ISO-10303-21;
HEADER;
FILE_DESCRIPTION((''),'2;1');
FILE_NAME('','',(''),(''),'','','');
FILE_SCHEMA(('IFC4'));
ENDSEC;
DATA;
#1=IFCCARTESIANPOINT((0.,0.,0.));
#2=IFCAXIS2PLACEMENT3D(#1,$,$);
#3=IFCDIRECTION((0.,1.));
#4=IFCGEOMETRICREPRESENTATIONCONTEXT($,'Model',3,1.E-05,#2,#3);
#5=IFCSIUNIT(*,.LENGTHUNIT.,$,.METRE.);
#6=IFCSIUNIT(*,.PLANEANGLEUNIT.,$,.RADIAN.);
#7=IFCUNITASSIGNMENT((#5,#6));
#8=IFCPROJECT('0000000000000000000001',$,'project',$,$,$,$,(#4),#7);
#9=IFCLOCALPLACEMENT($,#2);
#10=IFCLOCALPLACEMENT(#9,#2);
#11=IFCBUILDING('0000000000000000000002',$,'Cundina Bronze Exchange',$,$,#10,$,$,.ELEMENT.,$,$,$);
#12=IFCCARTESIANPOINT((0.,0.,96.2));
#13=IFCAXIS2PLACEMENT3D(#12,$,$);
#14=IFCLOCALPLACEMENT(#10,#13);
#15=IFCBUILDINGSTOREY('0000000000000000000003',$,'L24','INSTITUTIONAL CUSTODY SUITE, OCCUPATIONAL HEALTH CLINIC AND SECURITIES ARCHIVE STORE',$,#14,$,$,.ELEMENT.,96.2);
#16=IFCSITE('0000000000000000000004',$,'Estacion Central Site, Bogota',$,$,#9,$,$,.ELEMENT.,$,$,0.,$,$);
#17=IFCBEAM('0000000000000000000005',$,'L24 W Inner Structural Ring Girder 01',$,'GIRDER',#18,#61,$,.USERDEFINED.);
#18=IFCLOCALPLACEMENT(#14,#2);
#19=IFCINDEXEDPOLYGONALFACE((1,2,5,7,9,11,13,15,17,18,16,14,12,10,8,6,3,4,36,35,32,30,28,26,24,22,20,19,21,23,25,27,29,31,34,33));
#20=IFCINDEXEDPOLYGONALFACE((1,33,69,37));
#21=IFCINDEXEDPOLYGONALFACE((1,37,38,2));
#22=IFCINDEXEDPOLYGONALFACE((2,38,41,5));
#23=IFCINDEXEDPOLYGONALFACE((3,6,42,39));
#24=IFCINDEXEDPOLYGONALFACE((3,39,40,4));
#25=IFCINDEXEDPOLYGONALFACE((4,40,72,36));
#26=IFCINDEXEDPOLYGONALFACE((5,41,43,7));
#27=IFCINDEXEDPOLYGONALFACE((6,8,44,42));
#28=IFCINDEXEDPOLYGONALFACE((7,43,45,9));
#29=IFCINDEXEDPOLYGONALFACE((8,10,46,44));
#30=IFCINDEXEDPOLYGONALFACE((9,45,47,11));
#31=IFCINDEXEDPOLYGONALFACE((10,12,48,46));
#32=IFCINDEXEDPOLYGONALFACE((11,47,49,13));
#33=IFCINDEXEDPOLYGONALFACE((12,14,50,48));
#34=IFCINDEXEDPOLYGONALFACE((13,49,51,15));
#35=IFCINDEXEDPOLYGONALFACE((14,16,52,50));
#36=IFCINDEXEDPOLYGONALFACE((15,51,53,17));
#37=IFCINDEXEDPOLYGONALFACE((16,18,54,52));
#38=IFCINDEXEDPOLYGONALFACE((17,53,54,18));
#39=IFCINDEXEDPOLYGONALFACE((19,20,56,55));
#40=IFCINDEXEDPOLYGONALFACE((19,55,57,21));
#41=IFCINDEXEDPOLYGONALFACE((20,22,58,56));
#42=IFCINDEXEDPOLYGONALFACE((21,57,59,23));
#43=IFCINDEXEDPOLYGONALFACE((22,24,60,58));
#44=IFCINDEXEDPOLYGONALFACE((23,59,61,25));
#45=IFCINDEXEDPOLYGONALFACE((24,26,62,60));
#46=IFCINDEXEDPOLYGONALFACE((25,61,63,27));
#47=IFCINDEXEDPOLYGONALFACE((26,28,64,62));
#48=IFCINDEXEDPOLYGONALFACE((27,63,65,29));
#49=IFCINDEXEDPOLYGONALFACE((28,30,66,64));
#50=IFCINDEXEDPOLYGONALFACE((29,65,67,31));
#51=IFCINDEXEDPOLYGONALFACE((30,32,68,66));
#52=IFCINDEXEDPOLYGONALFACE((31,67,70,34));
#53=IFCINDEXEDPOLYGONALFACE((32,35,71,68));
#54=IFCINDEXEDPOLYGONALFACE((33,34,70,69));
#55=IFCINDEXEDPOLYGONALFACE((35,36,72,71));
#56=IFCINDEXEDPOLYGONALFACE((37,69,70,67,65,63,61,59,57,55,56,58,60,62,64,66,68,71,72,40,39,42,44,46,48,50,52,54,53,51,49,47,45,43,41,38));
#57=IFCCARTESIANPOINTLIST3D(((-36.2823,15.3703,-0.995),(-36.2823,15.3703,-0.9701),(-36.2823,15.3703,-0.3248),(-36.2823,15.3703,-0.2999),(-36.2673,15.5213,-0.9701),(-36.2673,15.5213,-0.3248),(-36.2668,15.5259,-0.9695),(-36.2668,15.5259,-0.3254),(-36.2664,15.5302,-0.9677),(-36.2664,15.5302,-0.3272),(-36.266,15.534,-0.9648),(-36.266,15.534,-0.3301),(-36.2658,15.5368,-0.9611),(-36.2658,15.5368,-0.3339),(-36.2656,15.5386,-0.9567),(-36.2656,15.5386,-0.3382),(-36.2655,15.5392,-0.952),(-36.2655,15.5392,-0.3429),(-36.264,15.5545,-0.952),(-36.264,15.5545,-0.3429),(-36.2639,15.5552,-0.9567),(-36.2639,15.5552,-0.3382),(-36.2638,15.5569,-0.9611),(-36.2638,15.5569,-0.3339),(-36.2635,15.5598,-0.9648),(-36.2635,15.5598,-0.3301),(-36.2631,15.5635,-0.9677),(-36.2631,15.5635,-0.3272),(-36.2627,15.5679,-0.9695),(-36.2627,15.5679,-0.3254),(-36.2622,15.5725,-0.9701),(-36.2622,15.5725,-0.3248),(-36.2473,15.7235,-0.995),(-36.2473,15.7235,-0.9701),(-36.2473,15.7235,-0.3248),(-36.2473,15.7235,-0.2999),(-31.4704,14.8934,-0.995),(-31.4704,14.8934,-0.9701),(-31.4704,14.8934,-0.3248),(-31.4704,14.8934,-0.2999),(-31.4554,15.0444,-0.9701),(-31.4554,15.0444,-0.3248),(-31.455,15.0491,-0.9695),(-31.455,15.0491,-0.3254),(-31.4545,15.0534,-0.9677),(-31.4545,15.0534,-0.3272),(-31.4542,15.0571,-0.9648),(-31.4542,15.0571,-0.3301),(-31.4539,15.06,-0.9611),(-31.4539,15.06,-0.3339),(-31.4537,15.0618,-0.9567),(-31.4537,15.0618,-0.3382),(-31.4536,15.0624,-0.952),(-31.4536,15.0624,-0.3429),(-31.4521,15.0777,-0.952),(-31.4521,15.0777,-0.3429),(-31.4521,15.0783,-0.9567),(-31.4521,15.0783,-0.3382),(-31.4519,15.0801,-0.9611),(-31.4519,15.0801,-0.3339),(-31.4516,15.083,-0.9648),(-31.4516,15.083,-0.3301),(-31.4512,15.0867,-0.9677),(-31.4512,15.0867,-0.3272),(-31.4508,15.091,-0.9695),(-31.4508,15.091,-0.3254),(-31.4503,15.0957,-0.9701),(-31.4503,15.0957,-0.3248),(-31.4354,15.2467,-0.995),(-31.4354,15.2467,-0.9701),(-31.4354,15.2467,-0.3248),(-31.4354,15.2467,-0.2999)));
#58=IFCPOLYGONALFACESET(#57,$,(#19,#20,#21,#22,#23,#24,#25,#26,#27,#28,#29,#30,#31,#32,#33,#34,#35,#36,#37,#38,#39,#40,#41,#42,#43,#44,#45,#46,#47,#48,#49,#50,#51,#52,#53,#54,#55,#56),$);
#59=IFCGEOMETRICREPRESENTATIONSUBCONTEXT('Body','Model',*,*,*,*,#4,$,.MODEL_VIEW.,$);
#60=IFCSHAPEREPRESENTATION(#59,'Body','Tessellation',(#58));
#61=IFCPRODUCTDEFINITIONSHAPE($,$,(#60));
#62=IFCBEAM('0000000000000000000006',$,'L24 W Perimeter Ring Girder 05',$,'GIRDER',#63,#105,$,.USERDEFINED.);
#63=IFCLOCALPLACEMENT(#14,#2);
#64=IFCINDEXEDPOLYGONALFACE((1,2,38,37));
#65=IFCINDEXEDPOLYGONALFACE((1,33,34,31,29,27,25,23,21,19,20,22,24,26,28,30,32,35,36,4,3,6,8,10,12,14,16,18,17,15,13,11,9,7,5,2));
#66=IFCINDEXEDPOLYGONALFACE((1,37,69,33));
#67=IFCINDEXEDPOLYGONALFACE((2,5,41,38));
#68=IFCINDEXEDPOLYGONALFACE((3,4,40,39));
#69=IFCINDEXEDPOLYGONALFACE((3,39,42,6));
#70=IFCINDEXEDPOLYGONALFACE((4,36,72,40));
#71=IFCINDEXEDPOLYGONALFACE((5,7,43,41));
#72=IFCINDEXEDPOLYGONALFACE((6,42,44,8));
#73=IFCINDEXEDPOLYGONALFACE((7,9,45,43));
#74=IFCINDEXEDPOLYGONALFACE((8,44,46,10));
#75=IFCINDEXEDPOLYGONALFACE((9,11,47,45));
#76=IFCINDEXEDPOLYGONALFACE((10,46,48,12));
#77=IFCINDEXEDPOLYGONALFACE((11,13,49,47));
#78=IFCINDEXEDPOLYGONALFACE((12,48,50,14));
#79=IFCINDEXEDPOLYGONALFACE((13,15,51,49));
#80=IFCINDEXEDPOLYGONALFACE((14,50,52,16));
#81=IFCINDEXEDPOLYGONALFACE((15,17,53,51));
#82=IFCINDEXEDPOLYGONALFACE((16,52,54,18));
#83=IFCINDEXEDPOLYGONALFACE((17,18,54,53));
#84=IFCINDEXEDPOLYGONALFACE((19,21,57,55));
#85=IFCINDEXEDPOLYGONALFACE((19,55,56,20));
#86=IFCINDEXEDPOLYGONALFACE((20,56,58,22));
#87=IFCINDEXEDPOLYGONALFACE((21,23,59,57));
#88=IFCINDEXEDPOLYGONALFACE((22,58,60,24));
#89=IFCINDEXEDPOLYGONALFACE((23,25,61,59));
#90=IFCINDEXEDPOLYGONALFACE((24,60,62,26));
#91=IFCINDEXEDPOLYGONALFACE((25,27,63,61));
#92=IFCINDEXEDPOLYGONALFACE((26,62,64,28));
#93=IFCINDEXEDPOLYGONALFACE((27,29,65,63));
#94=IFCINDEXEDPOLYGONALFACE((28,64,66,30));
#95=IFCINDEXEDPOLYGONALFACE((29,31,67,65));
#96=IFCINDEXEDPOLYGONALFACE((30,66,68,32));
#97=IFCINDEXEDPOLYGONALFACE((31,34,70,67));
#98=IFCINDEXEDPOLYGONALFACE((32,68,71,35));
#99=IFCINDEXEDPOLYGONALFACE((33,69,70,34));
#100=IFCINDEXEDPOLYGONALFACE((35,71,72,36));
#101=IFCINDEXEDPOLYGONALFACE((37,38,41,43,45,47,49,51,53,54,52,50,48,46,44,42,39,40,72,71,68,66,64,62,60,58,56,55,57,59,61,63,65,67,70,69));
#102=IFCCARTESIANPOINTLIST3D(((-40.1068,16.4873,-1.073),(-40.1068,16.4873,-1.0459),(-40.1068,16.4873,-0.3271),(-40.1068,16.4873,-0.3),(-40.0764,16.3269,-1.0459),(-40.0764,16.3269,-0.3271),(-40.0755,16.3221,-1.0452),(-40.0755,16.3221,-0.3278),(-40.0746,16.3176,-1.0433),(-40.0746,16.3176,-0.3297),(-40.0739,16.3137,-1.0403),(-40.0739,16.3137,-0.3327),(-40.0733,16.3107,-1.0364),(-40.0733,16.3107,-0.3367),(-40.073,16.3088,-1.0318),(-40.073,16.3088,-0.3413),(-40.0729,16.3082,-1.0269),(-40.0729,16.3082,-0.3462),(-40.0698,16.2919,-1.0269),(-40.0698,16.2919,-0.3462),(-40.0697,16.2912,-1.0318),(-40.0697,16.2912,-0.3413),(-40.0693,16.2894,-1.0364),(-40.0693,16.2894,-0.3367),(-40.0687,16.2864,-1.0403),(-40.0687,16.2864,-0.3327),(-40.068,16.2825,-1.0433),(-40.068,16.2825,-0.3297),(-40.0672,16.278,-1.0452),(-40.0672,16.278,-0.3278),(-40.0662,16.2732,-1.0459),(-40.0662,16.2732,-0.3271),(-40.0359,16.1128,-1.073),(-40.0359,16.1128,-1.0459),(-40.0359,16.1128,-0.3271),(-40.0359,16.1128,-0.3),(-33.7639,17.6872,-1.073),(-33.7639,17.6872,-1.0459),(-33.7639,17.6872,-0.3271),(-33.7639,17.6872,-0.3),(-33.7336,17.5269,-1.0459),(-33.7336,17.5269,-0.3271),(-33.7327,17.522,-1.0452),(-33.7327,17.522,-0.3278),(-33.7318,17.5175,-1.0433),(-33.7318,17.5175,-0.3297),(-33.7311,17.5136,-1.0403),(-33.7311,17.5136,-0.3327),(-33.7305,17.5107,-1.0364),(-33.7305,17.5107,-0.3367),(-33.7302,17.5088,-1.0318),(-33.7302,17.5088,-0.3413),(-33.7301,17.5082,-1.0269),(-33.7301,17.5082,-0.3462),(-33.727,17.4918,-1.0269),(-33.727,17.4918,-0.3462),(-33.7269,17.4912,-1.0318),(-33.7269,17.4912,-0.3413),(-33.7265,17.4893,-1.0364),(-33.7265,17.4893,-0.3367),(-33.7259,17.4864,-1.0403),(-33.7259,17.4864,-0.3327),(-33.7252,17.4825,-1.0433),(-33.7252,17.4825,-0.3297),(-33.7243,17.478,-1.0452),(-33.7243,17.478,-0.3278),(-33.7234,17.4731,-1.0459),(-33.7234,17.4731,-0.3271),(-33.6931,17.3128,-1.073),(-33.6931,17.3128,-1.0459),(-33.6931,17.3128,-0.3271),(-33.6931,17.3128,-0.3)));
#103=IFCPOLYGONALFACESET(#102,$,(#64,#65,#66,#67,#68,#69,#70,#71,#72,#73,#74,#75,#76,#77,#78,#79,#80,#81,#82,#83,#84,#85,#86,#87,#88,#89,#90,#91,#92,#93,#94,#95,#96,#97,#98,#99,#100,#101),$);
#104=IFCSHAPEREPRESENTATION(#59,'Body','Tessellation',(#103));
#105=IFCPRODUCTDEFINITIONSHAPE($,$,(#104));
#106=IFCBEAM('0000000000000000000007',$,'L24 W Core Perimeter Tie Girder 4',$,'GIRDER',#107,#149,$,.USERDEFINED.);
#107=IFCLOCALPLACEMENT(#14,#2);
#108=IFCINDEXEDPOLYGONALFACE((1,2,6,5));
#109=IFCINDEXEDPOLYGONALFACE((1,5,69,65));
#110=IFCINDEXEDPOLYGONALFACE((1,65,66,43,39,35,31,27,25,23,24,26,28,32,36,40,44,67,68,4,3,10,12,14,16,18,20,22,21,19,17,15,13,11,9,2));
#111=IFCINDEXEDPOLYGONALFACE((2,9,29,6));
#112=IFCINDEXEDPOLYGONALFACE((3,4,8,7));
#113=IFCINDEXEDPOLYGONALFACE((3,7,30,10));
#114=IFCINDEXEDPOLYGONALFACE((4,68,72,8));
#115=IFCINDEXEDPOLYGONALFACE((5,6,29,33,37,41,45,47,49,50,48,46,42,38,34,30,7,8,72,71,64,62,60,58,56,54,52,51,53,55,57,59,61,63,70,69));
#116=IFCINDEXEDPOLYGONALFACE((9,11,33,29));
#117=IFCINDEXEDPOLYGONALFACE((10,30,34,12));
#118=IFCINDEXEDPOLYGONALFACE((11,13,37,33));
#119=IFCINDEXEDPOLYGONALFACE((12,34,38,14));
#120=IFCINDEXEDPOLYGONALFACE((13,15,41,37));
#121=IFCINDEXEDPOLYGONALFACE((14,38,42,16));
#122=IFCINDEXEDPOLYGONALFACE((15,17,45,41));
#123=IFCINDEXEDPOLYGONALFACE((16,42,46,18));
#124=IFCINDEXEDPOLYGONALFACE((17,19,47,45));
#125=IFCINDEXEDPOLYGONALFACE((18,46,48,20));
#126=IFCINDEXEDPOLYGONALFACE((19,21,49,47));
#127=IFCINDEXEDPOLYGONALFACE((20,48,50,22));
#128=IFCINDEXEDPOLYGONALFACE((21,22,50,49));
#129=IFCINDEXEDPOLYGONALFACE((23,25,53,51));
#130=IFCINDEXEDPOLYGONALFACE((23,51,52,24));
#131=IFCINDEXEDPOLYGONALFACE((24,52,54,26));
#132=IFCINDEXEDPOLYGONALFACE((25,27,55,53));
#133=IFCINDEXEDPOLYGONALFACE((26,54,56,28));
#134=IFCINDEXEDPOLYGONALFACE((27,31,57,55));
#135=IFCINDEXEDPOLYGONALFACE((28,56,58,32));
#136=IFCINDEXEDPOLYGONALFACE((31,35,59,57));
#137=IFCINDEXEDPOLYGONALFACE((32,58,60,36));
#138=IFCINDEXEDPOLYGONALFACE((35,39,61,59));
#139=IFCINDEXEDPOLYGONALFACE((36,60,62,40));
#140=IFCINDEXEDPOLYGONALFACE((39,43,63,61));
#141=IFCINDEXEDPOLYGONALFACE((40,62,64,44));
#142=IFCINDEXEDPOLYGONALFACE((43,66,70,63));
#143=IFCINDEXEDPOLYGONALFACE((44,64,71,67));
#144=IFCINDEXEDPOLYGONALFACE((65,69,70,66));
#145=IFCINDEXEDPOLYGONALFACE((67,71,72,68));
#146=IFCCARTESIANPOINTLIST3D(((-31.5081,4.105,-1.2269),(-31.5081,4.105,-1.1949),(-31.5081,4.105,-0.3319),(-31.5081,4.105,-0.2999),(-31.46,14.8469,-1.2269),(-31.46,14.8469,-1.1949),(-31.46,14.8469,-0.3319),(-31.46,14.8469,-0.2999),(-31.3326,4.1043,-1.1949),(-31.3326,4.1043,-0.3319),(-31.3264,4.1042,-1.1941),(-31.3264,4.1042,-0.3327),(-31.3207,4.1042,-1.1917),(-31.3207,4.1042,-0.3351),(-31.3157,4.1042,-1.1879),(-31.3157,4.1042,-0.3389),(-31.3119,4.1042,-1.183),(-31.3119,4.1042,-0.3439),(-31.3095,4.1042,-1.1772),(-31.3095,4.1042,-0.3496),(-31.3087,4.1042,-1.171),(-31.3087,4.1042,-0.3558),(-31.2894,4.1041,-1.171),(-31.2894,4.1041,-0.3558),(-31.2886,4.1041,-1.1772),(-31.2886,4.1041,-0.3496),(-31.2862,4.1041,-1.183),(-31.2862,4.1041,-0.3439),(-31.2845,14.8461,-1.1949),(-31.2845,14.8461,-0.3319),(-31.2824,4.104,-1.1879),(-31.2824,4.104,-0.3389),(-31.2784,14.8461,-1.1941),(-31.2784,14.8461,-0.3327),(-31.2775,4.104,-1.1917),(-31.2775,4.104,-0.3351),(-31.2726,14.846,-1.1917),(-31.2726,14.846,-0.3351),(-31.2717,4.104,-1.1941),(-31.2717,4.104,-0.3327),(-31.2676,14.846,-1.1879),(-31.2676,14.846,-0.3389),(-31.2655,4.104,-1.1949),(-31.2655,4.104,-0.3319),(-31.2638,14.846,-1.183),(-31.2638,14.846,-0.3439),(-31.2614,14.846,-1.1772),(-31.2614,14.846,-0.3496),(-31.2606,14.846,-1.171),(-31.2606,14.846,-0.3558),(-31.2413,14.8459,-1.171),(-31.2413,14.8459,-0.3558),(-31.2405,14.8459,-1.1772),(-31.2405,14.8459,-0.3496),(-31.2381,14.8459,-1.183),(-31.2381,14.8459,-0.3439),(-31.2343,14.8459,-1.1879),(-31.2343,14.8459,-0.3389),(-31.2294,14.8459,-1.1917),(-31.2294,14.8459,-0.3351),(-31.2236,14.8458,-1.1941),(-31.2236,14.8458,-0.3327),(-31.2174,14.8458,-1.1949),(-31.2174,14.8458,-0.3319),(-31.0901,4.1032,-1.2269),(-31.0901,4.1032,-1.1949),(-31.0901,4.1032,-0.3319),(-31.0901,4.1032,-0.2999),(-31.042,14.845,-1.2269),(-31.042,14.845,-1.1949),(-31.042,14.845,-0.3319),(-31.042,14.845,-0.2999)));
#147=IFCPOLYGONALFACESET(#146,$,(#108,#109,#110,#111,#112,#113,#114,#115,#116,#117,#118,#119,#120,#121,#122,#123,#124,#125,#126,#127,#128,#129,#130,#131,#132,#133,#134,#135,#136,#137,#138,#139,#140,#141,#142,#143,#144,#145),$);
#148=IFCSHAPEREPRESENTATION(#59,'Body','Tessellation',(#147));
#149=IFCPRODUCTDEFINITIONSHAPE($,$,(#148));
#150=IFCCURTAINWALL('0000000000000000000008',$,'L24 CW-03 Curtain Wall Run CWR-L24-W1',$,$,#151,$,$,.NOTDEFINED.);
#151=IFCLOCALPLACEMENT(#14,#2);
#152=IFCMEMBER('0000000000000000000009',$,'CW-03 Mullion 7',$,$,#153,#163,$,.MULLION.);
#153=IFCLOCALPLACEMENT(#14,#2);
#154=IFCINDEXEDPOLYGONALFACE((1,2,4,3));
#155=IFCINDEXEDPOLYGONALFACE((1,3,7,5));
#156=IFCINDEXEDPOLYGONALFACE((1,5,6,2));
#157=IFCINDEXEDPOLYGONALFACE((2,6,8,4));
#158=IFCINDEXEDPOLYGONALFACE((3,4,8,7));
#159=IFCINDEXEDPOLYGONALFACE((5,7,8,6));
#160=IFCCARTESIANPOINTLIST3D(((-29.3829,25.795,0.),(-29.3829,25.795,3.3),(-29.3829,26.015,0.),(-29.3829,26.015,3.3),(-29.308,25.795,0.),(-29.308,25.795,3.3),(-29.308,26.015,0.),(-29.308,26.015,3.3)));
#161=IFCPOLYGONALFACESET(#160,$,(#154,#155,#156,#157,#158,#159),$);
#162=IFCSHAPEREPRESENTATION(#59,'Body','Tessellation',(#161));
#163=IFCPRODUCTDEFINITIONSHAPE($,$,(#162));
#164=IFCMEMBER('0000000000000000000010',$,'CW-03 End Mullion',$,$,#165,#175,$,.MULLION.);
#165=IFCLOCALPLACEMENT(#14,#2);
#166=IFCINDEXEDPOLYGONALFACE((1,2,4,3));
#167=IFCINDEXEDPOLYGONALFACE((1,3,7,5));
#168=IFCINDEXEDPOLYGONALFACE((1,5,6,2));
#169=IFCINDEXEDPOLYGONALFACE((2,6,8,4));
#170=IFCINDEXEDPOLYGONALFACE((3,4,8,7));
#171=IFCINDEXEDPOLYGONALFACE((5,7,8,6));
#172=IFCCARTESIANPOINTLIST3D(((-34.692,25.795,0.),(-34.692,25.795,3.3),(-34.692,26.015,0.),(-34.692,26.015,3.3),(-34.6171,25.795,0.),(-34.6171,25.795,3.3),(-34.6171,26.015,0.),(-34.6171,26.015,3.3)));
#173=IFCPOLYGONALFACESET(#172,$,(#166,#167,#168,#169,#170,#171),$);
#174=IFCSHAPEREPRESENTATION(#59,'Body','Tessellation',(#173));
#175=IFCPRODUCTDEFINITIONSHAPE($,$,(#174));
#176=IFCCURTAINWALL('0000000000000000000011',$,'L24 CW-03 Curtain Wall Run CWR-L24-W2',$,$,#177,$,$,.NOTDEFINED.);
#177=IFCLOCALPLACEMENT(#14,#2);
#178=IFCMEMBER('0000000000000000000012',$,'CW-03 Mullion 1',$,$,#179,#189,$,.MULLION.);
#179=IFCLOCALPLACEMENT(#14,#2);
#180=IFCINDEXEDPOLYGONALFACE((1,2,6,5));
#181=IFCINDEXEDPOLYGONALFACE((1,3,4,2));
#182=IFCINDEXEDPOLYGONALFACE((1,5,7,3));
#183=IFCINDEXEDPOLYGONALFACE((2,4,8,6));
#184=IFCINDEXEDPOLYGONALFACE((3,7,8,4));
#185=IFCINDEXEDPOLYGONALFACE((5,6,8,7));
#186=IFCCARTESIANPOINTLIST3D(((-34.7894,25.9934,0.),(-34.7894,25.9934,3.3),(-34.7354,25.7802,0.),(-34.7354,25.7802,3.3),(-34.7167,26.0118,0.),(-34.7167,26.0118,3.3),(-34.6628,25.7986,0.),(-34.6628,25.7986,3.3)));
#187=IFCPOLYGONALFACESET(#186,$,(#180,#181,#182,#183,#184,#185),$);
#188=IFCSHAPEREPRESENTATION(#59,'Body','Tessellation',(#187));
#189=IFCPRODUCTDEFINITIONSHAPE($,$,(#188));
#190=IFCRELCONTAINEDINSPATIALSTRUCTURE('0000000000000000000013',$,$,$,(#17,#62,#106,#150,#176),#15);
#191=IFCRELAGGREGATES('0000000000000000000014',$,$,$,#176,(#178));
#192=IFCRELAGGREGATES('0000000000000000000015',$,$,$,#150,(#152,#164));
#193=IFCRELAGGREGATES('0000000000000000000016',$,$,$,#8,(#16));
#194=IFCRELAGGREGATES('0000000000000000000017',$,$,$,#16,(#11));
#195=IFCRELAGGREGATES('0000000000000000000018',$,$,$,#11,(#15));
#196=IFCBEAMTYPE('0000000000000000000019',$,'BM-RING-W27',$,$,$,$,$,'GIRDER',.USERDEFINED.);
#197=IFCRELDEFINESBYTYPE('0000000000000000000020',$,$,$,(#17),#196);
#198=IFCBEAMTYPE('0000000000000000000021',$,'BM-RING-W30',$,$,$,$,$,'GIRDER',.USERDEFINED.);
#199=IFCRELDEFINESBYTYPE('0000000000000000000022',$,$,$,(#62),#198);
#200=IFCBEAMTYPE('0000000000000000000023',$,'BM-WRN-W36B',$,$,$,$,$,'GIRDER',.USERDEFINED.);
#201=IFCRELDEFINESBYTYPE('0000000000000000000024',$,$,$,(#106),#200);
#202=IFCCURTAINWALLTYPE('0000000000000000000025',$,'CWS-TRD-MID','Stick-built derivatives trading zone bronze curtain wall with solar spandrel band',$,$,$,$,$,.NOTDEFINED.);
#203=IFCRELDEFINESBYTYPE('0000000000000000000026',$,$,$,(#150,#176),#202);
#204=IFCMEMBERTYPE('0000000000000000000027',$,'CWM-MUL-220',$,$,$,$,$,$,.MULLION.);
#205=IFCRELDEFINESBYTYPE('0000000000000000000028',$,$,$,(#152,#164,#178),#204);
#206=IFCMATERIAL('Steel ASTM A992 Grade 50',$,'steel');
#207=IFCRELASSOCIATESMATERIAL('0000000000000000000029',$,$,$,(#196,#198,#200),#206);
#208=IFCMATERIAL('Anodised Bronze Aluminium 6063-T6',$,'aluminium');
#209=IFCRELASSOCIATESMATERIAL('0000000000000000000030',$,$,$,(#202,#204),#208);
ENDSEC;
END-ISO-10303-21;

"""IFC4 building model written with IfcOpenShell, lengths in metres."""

from ifc_helpers import new_model, si_unit, direction, frame, origin, origin_2d, place, context, subcontext, project, spatial, rectangle, i_section, extrude, material, material_profile, profile_set, type_object, element, aggregate, save


model = new_model("IFC4")

# Units and contexts
model_context = context("Model", 3, precision=1e-05, world=origin(), true_north=direction((0.0, 1.0)))
body_context = subcontext(model_context, "Body", "Model", "MODEL_VIEW")
ifc_project = project(units=[si_unit("LENGTHUNIT", "METRE"), si_unit("PLANEANGLEUNIT", "RADIAN")], contexts=[model_context])

# Site, building, storey
site_placement = place(None, origin())
site = spatial("IfcSite", under=ifc_project, at=site_placement, Name="Estacion Central Site, Bogota", CompositionType="ELEMENT", RefElevation=0.0)
building_placement = place(site_placement, origin())
building = spatial("IfcBuilding", under=site, at=building_placement, Name="Cundina Bronze Exchange", CompositionType="ELEMENT")
storey_placement = place(building_placement, frame((0.0, 0.0, 96.2)))
storey = spatial("IfcBuildingStorey", under=building, at=storey_placement, Name="L24", Description="INSTITUTIONAL CUSTODY SUITE, OCCUPATIONAL HEALTH CLINIC AND SECURITIES ARCHIVE STORE", CompositionType="ELEMENT", Elevation=96.2)

# Shared definitions
ifc_material_1 = material(Name="Steel ASTM A992 Grade 50", Category="steel")

# Beams
ifc_material_profile_1 = material_profile(ifc_material_1, i_section(OverallWidth=0.355, OverallDepth=0.6951, WebThickness=0.0154, FlangeThickness=0.0249, FilletRadius=0.0181, at=origin_2d()), Name="W27X146", Category="steel")
ifc_profile_set_1 = profile_set([ifc_material_profile_1], Name="Steel ASTM A992 Grade 50")
beam_type_1 = type_object("IfcBeamType", Name="BM-RING-W27", ElementType="GIRDER", PredefinedType="USERDEFINED", material=ifc_profile_set_1)
beam_1_placement = place(storey_placement, frame((-31.4529, 15.0701, -0.6475), z_axis=(-0.995126, 0.098609, 0.0), x_axis=(-0.098609, -0.995126, 0.0)))
element("IfcBeam", 1, at=beam_1_placement, inside=storey, type_object=beam_type_1, Name="L24 W Inner Structural Ring Girder 01", ObjectType="GIRDER", PredefinedType="USERDEFINED", context=body_context, shape_type="SweptSolid", body=[
    extrude(i_section(OverallWidth=0.355, OverallDepth=0.6951, WebThickness=0.0154, FlangeThickness=0.0249, FilletRadius=0.0181, at=origin_2d()), origin(), (0.0, 0.0, 1.0), 4.8354),
])
ifc_material_profile_2 = material_profile(ifc_material_1, i_section(OverallWidth=0.3811, OverallDepth=0.7729, WebThickness=0.0166, FlangeThickness=0.0271, FilletRadius=0.019, at=origin_2d()), Name="W30X173", Category="steel")
ifc_profile_set_2 = profile_set([ifc_material_profile_2], Name="Steel ASTM A992 Grade 50")
beam_type_2 = type_object("IfcBeamType", Name="BM-RING-W30", ElementType="GIRDER", PredefinedType="USERDEFINED", material=ifc_profile_set_2)
beam_2_placement = place(storey_placement, frame((-33.7285, 17.5, -0.6865), z_axis=(-0.982571, -0.185887, 0.0), x_axis=(0.185887, -0.982571, 0.0)))
element("IfcBeam", 2, at=beam_2_placement, inside=storey, type_object=beam_type_2, Name="L24 W Perimeter Ring Girder 05", ObjectType="GIRDER", PredefinedType="USERDEFINED", context=body_context, shape_type="SweptSolid", body=[
    extrude(i_section(OverallWidth=0.3811, OverallDepth=0.7729, WebThickness=0.0166, FlangeThickness=0.0271, FilletRadius=0.019, at=origin_2d()), origin(), (0.0, 0.0, 1.0), 6.4553),
])
ifc_material_profile_3 = material_profile(ifc_material_1, i_section(OverallWidth=0.418, OverallDepth=0.927, WebThickness=0.0193, FlangeThickness=0.032, FilletRadius=0.0239, at=origin_2d()), Name="W36X231", Category="steel")
ifc_profile_set_3 = profile_set([ifc_material_profile_3], Name="Steel ASTM A992 Grade 50")
beam_type_3 = type_object("IfcBeamType", Name="BM-WRN-W36B", ElementType="GIRDER", PredefinedType="USERDEFINED", material=ifc_profile_set_3)
beam_3_placement = place(storey_placement, frame((-31.251, 14.8459, -0.7634), z_axis=(-0.004477, -0.99999, 0.0), x_axis=(0.99999, -0.004477, 0.0)))
element("IfcBeam", 3, at=beam_3_placement, inside=storey, type_object=beam_type_3, Name="L24 W Core Perimeter Tie Girder 4", ObjectType="GIRDER", PredefinedType="USERDEFINED", context=body_context, shape_type="SweptSolid", body=[
    extrude(i_section(OverallWidth=0.418, OverallDepth=0.927, WebThickness=0.0193, FlangeThickness=0.032, FilletRadius=0.0239, at=origin_2d()), origin(), (0.0, 0.0, 1.0), 10.7419),
])

# Curtain wall, members
ifc_material_2 = material(Name="Anodised Bronze Aluminium 6063-T6", Category="aluminium")
curtain_wall_type = type_object("IfcCurtainWallType", Name="CWS-TRD-MID", Description="Stick-built derivatives trading zone bronze curtain wall with solar spandrel band", PredefinedType="NOTDEFINED", material=ifc_material_2)
curtain_wall_1_placement = place(storey_placement, origin())
curtain_wall_1 = element("IfcCurtainWall", 4, at=curtain_wall_1_placement, inside=storey, type_object=curtain_wall_type, Name="L24 CW-03 Curtain Wall Run CWR-L24-W1", PredefinedType="NOTDEFINED")
ifc_material_profile_4 = material_profile(ifc_material_2, rectangle(XDim=0.075, YDim=0.22, at=origin_2d()), Name="AL75X220", Category="aluminium")
ifc_profile_set_4 = profile_set([ifc_material_profile_4], Name="Anodised Bronze Aluminium 6063-T6")
member_type_1 = type_object("IfcMemberType", Name="CWM-MUL-220", PredefinedType="MULLION", material=ifc_profile_set_4)
member_1_placement = place(storey_placement, frame((-29.3455, 25.905, 0.0), z_axis=(0.0, 0.0, 1.0), x_axis=(-1.0, 0.0, 0.0)))
member_1 = element("IfcMember", 5, at=member_1_placement, type_object=member_type_1, Name="CW-03 Mullion 7", PredefinedType="MULLION", context=body_context, shape_type="SweptSolid", body=[
    extrude(rectangle(XDim=0.075, YDim=0.22, at=origin_2d()), origin(), (0.0, 0.0, 1.0), 3.3),
])
member_2_placement = place(storey_placement, frame((-34.6545, 25.905, 0.0), z_axis=(0.0, 0.0, 1.0), x_axis=(-1.0, 0.0, 0.0)))
member_2 = element("IfcMember", 6, at=member_2_placement, type_object=member_type_1, Name="CW-03 End Mullion", PredefinedType="MULLION", context=body_context, shape_type="SweptSolid", body=[
    extrude(rectangle(XDim=0.075, YDim=0.22, at=origin_2d()), origin(), (0.0, 0.0, 1.0), 3.3),
])

# Curtain wall, member
curtain_wall_2_placement = place(storey_placement, origin())
curtain_wall_2 = element("IfcCurtainWall", 7, at=curtain_wall_2_placement, inside=storey, type_object=curtain_wall_type, Name="L24 CW-03 Curtain Wall Run CWR-L24-W2", PredefinedType="NOTDEFINED")
member_3_placement = place(storey_placement, frame((-34.7261, 25.896, 0.0), z_axis=(0.0, 0.0, 1.0), x_axis=(-0.969488, -0.245138, 0.0)))
member_3 = element("IfcMember", 8, at=member_3_placement, type_object=member_type_1, Name="CW-03 Mullion 1", PredefinedType="MULLION", context=body_context, shape_type="SweptSolid", body=[
    extrude(rectangle(XDim=0.075, YDim=0.22, at=origin_2d()), origin(), (0.0, 0.0, 1.0), 3.3),
])

aggregate(curtain_wall_2, [member_3])

aggregate(curtain_wall_1, [member_1, member_2])

save(model, "model.ifc")
